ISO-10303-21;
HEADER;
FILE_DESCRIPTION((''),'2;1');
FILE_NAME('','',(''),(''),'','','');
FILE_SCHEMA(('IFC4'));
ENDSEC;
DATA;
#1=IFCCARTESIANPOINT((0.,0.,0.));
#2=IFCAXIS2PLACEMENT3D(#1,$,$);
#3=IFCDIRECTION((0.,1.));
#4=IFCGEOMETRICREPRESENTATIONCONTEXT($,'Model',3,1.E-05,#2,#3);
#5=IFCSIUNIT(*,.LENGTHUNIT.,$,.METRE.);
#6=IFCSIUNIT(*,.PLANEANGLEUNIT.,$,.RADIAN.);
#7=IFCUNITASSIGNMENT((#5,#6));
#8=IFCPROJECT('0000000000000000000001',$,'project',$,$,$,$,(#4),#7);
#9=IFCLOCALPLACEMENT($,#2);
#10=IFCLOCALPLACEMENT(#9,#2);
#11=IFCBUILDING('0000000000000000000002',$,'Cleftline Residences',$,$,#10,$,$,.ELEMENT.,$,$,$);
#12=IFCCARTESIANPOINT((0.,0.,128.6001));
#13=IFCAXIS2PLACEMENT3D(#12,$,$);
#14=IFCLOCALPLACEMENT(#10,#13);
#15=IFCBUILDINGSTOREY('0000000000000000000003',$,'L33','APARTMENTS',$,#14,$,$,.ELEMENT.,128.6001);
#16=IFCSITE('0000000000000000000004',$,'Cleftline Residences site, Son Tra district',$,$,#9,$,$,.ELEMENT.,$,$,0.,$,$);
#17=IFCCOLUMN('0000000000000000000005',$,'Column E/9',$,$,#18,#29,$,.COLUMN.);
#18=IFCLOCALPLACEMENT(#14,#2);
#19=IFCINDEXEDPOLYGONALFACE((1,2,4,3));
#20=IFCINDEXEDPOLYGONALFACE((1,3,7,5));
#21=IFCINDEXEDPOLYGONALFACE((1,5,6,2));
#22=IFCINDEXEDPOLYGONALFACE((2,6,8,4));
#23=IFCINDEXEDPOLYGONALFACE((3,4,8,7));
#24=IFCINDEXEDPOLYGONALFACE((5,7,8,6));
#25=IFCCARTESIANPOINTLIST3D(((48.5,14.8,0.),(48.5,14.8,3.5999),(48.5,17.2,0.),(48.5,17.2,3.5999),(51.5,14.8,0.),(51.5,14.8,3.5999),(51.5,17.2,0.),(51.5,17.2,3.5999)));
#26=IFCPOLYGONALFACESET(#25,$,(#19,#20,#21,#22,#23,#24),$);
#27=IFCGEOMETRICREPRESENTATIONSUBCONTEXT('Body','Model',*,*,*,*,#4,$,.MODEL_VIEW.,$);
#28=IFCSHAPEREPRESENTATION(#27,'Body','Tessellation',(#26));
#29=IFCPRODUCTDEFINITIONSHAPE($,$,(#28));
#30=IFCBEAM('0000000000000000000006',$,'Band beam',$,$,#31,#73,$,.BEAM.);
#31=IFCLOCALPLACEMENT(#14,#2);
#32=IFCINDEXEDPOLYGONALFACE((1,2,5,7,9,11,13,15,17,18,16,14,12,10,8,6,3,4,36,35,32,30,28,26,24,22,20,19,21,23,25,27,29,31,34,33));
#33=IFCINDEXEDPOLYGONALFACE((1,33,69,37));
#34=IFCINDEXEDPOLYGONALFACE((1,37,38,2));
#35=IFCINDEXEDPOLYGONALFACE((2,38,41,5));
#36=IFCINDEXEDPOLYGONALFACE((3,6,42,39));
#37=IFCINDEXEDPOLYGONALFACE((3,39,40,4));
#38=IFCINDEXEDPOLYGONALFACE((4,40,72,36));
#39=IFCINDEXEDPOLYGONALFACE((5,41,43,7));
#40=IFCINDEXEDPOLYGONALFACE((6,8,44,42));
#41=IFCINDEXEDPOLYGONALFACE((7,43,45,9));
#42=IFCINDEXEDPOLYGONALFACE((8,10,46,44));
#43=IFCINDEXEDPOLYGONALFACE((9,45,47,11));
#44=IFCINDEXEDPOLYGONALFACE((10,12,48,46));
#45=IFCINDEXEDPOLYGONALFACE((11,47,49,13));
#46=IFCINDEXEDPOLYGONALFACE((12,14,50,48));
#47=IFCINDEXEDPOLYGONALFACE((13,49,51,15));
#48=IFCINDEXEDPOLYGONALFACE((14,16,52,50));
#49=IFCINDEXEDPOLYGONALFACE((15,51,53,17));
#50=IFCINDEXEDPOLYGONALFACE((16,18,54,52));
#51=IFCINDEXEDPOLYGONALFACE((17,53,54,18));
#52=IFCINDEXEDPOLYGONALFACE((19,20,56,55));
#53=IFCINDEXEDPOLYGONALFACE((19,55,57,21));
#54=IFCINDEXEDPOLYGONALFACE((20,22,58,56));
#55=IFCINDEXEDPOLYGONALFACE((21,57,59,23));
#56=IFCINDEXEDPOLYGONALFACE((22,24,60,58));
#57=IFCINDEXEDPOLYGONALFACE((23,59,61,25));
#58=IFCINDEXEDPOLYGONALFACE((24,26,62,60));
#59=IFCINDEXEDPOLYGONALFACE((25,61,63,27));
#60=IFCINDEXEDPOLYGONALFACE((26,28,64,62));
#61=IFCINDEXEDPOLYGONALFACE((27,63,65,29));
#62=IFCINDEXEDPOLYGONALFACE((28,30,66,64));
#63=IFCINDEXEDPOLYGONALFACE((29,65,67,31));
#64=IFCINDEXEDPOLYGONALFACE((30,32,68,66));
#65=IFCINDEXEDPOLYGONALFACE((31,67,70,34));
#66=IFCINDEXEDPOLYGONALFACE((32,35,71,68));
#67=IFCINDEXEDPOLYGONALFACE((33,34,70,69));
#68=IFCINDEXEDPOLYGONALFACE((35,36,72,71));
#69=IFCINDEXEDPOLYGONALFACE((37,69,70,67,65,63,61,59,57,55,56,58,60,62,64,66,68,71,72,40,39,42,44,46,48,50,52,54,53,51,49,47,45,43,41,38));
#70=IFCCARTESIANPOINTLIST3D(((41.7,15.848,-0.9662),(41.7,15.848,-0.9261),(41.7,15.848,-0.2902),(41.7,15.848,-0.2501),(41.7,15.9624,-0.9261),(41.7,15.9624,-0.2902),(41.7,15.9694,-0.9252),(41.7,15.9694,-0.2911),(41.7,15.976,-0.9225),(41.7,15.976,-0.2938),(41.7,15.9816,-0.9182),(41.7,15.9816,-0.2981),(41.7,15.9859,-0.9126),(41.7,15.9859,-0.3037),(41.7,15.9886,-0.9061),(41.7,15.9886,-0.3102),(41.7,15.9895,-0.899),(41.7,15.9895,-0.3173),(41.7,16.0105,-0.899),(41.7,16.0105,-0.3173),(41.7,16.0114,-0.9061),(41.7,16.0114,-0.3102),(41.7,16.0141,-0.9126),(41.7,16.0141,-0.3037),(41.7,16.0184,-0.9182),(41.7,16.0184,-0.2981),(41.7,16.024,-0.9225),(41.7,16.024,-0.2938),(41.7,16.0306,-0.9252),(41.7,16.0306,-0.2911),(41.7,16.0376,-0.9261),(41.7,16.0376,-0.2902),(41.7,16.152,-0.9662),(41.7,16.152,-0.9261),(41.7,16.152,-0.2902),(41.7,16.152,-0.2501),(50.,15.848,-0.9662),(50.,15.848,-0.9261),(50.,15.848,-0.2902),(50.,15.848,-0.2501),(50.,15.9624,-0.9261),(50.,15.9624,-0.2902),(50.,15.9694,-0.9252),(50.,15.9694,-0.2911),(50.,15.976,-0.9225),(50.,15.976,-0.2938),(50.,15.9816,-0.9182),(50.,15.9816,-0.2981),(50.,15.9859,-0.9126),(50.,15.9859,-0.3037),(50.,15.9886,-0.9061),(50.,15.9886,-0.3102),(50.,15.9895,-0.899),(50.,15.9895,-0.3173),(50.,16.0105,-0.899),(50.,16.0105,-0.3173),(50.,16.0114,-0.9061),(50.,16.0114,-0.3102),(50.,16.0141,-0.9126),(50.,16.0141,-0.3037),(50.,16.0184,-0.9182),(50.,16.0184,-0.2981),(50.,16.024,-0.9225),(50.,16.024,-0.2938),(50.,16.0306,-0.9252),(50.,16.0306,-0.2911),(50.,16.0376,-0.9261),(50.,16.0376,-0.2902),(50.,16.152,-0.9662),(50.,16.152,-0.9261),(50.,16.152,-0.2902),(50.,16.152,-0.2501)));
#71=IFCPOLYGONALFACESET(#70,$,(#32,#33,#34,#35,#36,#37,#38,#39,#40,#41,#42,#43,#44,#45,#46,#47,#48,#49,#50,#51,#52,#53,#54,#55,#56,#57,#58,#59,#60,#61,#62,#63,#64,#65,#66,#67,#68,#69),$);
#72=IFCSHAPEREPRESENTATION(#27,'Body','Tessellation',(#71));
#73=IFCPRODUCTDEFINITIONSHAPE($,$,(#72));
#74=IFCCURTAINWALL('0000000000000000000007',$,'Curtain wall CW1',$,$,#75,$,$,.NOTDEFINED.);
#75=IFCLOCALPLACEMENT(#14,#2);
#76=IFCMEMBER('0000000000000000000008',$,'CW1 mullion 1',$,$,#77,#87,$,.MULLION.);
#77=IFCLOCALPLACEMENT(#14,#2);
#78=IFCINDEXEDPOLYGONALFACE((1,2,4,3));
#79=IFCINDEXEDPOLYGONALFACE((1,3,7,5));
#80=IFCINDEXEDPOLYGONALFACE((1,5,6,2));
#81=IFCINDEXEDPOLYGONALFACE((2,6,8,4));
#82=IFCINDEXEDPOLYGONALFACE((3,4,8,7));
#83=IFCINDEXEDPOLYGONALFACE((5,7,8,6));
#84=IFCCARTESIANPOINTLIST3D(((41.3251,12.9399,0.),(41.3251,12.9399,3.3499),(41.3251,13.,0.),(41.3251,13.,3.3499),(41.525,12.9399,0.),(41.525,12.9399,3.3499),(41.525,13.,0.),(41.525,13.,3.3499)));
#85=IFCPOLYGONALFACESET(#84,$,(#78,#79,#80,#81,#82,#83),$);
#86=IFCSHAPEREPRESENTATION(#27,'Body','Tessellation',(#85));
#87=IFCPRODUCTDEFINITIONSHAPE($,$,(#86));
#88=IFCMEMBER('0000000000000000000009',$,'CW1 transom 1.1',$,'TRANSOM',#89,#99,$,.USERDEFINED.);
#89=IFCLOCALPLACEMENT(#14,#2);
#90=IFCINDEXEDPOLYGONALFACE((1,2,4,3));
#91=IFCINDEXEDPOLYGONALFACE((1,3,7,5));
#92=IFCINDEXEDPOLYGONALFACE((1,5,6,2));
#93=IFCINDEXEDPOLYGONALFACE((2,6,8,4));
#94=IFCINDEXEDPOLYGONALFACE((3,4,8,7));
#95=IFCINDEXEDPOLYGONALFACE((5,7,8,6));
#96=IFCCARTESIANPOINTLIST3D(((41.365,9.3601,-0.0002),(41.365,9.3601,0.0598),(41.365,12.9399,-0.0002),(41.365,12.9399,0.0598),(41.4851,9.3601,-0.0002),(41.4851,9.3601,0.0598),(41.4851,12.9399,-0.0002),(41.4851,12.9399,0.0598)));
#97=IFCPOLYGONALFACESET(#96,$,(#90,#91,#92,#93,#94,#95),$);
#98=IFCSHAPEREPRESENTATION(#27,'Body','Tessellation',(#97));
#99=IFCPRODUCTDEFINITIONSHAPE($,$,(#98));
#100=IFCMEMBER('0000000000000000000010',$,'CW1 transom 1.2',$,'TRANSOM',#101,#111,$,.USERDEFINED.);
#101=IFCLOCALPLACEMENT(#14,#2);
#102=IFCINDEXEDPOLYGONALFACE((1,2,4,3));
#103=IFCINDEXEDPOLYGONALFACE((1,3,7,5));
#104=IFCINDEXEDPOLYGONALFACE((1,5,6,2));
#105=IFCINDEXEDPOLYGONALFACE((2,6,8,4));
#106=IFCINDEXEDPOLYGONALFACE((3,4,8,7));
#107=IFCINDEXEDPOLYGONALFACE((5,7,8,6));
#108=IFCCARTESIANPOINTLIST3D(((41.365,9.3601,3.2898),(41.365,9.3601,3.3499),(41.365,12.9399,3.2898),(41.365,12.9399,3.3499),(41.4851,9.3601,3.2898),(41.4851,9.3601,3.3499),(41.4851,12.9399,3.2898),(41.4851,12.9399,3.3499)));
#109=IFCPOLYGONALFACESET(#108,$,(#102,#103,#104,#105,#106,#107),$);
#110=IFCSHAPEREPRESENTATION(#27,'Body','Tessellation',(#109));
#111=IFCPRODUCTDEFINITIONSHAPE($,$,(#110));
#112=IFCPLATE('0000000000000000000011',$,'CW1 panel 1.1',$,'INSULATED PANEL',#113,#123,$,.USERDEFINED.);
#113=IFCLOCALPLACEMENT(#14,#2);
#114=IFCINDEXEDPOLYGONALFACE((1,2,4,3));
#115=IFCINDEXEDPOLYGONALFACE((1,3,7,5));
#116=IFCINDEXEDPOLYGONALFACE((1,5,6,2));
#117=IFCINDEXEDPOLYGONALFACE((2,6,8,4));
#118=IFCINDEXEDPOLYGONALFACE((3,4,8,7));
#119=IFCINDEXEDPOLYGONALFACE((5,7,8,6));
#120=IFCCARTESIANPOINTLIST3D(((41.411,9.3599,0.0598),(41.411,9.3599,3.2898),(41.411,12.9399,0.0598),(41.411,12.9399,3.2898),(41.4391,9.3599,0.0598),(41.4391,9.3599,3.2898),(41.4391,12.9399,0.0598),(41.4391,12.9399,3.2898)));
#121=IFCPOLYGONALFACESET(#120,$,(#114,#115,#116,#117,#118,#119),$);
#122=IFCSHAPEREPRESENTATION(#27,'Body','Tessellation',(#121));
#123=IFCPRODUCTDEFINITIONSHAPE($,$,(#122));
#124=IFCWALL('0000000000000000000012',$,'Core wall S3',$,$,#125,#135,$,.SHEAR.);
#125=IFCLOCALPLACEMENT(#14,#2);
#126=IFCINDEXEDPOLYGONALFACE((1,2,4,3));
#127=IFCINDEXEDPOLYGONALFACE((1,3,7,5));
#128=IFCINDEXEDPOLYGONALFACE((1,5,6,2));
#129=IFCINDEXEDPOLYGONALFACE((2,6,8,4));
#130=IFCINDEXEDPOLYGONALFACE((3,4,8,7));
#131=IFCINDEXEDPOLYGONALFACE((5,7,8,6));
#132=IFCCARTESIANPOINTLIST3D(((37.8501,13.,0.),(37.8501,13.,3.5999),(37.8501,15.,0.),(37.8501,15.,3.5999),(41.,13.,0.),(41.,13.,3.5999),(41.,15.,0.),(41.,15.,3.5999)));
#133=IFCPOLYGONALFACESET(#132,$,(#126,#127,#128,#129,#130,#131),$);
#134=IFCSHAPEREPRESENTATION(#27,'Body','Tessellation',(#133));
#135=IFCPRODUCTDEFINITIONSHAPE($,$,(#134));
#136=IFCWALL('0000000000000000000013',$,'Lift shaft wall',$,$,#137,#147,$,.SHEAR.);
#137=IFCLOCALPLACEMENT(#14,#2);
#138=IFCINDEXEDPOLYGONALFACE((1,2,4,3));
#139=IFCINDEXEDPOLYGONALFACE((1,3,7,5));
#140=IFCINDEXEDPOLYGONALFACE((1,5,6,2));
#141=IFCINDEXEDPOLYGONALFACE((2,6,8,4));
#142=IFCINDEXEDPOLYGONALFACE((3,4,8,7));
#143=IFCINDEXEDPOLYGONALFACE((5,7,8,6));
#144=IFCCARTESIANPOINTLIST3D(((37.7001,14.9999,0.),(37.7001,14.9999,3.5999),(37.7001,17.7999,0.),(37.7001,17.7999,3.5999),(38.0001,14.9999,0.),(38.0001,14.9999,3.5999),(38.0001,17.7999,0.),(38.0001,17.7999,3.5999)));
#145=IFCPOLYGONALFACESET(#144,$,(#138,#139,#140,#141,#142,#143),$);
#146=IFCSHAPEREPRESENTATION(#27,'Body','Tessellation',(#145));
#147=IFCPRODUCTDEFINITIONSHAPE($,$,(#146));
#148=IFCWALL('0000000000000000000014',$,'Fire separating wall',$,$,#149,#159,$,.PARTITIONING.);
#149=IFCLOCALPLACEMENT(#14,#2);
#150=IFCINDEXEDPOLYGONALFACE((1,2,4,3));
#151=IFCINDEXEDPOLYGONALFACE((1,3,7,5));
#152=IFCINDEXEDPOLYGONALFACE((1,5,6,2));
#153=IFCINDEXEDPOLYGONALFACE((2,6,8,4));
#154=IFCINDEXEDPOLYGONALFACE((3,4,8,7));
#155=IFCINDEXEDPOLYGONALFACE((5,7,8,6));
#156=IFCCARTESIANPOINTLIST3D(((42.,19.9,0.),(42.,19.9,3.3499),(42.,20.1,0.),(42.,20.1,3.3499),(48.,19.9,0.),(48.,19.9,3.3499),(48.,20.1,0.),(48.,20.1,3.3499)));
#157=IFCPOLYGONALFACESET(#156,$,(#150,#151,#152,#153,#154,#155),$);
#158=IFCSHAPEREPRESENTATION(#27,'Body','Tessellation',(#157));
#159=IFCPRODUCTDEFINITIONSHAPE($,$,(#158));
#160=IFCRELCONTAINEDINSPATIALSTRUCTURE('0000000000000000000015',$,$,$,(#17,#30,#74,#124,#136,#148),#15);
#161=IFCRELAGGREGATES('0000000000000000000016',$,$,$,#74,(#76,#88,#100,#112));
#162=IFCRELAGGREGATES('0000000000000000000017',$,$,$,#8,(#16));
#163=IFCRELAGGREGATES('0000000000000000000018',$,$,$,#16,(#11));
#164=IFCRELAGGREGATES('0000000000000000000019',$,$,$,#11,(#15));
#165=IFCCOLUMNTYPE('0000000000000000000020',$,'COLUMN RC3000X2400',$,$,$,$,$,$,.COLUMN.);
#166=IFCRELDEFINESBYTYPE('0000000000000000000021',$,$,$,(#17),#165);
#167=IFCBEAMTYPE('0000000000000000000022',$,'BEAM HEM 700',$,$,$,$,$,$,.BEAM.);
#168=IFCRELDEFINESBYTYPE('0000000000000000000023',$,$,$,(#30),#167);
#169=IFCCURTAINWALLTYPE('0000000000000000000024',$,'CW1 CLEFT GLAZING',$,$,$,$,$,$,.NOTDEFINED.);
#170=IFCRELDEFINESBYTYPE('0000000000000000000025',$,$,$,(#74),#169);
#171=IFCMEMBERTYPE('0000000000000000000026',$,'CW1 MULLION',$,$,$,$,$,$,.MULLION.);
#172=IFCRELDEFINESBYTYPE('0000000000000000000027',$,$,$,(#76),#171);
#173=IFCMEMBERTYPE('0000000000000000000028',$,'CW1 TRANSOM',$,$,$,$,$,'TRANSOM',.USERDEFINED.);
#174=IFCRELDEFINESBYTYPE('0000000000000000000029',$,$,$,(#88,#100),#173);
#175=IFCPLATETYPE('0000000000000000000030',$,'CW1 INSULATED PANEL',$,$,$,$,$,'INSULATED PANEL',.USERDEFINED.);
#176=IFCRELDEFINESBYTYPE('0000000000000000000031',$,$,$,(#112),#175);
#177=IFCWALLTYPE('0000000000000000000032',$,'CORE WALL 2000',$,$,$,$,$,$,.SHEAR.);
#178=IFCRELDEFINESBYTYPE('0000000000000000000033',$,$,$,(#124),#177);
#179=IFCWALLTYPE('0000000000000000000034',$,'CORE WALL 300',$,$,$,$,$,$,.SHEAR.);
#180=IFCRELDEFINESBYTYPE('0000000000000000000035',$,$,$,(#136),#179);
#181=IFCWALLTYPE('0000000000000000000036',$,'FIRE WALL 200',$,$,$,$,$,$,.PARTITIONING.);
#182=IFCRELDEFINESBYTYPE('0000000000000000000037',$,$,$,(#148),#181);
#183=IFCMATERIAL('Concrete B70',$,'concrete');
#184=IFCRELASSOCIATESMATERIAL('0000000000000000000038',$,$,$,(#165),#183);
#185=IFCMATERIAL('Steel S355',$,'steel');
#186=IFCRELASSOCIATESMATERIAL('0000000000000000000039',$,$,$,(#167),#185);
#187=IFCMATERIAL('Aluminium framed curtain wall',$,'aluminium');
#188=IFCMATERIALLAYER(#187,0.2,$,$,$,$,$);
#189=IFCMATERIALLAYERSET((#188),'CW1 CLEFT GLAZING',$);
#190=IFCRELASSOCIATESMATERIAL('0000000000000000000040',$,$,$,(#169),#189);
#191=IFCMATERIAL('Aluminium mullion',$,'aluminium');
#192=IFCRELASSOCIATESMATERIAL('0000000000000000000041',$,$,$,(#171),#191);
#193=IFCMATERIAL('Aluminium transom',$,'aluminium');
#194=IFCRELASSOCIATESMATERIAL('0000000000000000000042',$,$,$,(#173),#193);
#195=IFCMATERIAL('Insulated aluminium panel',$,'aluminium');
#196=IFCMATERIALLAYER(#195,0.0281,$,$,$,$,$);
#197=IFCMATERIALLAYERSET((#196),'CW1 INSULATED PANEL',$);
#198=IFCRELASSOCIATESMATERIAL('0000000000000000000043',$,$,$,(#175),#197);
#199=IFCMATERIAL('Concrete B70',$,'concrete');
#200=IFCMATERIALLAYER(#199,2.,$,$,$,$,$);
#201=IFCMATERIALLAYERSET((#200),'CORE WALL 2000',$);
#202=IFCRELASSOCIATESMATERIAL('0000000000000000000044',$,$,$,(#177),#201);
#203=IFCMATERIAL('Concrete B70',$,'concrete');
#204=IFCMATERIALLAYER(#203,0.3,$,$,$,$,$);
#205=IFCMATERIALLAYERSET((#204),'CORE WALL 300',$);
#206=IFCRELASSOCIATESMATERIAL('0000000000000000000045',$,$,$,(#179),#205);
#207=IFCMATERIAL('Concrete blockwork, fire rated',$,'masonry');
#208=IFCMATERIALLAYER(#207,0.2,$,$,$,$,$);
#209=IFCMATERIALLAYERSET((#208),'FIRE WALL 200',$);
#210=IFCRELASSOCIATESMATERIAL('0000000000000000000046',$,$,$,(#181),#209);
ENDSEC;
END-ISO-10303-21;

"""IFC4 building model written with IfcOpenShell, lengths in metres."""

from ifc_helpers import new_model, si_unit, direction, frame, frame_2d, origin, origin_2d, place, context, subcontext, project, spatial, rectangle, i_section, extrude, material, layer, layer_set, material_profile, profile_set, type_object, element, aggregate, save


model = new_model("IFC4")

# Units and contexts
model_context = context("Model", 3, precision=1e-05, world=origin(), true_north=direction((0.0, 1.0)))
body_context = subcontext(model_context, "Body", "Model", "MODEL_VIEW")
ifc_project = project(units=[si_unit("LENGTHUNIT", "METRE"), si_unit("PLANEANGLEUNIT", "RADIAN")], contexts=[model_context])

# Site, building, storey
site_placement = place(None, origin())
site = spatial("IfcSite", under=ifc_project, at=site_placement, Name="Cleftline Residences site, Son Tra district", CompositionType="ELEMENT", RefElevation=0.0)
building_placement = place(site_placement, origin())
building = spatial("IfcBuilding", under=site, at=building_placement, Name="Cleftline Residences", CompositionType="ELEMENT")
storey_placement = place(building_placement, frame((0.0, 0.0, 128.6001)))
storey = spatial("IfcBuildingStorey", under=building, at=storey_placement, Name="L33", Description="APARTMENTS", CompositionType="ELEMENT", Elevation=128.6001)

# Column
ifc_material_1 = material(Name="Concrete B70", Category="concrete")
ifc_material_profile_1 = material_profile(ifc_material_1, rectangle(XDim=3.0, YDim=2.3999, at=origin_2d()))
ifc_profile_set_1 = profile_set([ifc_material_profile_1], Name="Concrete B70")
column_type = type_object("IfcColumnType", Name="COLUMN RC3000X2400", PredefinedType="COLUMN", material=ifc_profile_set_1)
column_placement = place(storey_placement, frame((50.0, 16.0, 0.0), z_axis=(0.0, 0.0, 1.0), x_axis=(1.0, 0.0, 0.0)))
element("IfcColumn", 1, at=column_placement, inside=storey, type_object=column_type, Name="Column E/9", PredefinedType="COLUMN", context=body_context, shape_type="SweptSolid", body=[
    extrude(rectangle(XDim=3.0, YDim=2.3999, at=origin_2d()), origin(), (0.0, 0.0, 1.0), 3.5999),
])

# Beam
ifc_material_2 = material(Name="Steel S355", Category="steel")
ifc_material_profile_2 = material_profile(ifc_material_2, i_section(OverallWidth=0.304, OverallDepth=0.7161, WebThickness=0.021, FlangeThickness=0.04, FilletRadius=0.0271, at=origin_2d()))
ifc_profile_set_2 = profile_set([ifc_material_profile_2], Name="Steel S355")
beam_type = type_object("IfcBeamType", Name="BEAM HEM 700", PredefinedType="BEAM", material=ifc_profile_set_2)
beam_placement = place(storey_placement, frame((50.0, 16.0, -0.6082), z_axis=(-1.0, 0.0, 0.0), x_axis=(0.0, -1.0, 0.0)))
element("IfcBeam", 2, at=beam_placement, inside=storey, type_object=beam_type, Name="Band beam", PredefinedType="BEAM", context=body_context, shape_type="SweptSolid", body=[
    extrude(i_section(OverallWidth=0.304, OverallDepth=0.7161, WebThickness=0.021, FlangeThickness=0.04, FilletRadius=0.0271, at=origin_2d()), origin(), (0.0, 0.0, 1.0), 8.3),
])

# Curtain wall, members, plate
ifc_material_3 = material(Name="Aluminium framed curtain wall", Category="aluminium")
ifc_layer_1 = layer(ifc_material_3, 0.2)
ifc_layer_set_1 = layer_set([ifc_layer_1], Name="CW1 CLEFT GLAZING")
curtain_wall_type = type_object("IfcCurtainWallType", Name="CW1 CLEFT GLAZING", PredefinedType="NOTDEFINED", material=ifc_layer_set_1)
curtain_wall_placement = place(storey_placement, origin())
curtain_wall = element("IfcCurtainWall", 3, at=curtain_wall_placement, inside=storey, type_object=curtain_wall_type, Name="Curtain wall CW1", PredefinedType="NOTDEFINED")
ifc_material_4 = material(Name="Aluminium mullion", Category="aluminium")
ifc_material_profile_3 = material_profile(ifc_material_4, rectangle(XDim=0.2, YDim=0.0601, at=origin_2d()))
ifc_profile_set_3 = profile_set([ifc_material_profile_3], Name="Aluminium mullion")
member_type_1 = type_object("IfcMemberType", Name="CW1 MULLION", PredefinedType="MULLION", material=ifc_profile_set_3)
member_1_placement = place(storey_placement, frame((41.425, 12.97, 0.0), z_axis=(0.0, 0.0, 1.0), x_axis=(1.0, 0.0, 0.0)))
member_1 = element("IfcMember", 4, at=member_1_placement, type_object=member_type_1, Name="CW1 mullion 1", PredefinedType="MULLION", context=body_context, shape_type="SweptSolid", body=[
    extrude(rectangle(XDim=0.2, YDim=0.0601, at=origin_2d()), origin(), (0.0, 0.0, 1.0), 3.3499),
])
ifc_material_5 = material(Name="Aluminium transom", Category="aluminium")
ifc_material_profile_4 = material_profile(ifc_material_5, rectangle(XDim=0.1201, YDim=0.0601, at=origin_2d()))
ifc_profile_set_4 = profile_set([ifc_material_profile_4], Name="Aluminium transom")
member_type_2 = type_object("IfcMemberType", Name="CW1 TRANSOM", ElementType="TRANSOM", PredefinedType="USERDEFINED", material=ifc_profile_set_4)
member_2_placement = place(storey_placement, frame((41.425, 12.9399, 0.0298), z_axis=(0.0, -1.0, 0.0), x_axis=(1.0, 0.0, 0.0)))
member_2 = element("IfcMember", 5, at=member_2_placement, type_object=member_type_2, Name="CW1 transom 1.1", ObjectType="TRANSOM", PredefinedType="USERDEFINED", context=body_context, shape_type="SweptSolid", body=[
    extrude(rectangle(XDim=0.1201, YDim=0.0601, at=origin_2d()), origin(), (0.0, 0.0, 1.0), 3.5798),
])
member_3_placement = place(storey_placement, frame((41.425, 12.9399, 3.3198), z_axis=(0.0, -1.0, 0.0), x_axis=(1.0, 0.0, 0.0)))
member_3 = element("IfcMember", 6, at=member_3_placement, type_object=member_type_2, Name="CW1 transom 1.2", ObjectType="TRANSOM", PredefinedType="USERDEFINED", context=body_context, shape_type="SweptSolid", body=[
    extrude(rectangle(XDim=0.1201, YDim=0.0601, at=origin_2d()), origin(), (0.0, 0.0, 1.0), 3.5798),
])
ifc_material_6 = material(Name="Insulated aluminium panel", Category="aluminium")
ifc_layer_2 = layer(ifc_material_6, 0.0281)
ifc_layer_set_2 = layer_set([ifc_layer_2], Name="CW1 INSULATED PANEL")
plate_type = type_object("IfcPlateType", Name="CW1 INSULATED PANEL", ElementType="INSULATED PANEL", PredefinedType="USERDEFINED", material=ifc_layer_set_2)
plate_placement = place(storey_placement, frame((41.425, 11.1499, 0.0598), z_axis=(0.0, 0.0, 1.0), x_axis=(0.0, -1.0, 0.0)))
plate = element("IfcPlate", 7, at=plate_placement, type_object=plate_type, Name="CW1 panel 1.1", ObjectType="INSULATED PANEL", PredefinedType="USERDEFINED", context=body_context, shape_type="SweptSolid", body=[
    extrude(rectangle(XDim=3.5801, YDim=0.0281, at=origin_2d()), origin(), (0.0, 0.0, 1.0), 3.23),
])
aggregate(curtain_wall, [member_1, member_2, member_3, plate])

# Walls
ifc_material_7 = material(Name="Concrete B70", Category="concrete")
ifc_layer_3 = layer(ifc_material_7, 2.0)
ifc_layer_set_3 = layer_set([ifc_layer_3], Name="CORE WALL 2000")
wall_type_1 = type_object("IfcWallType", Name="CORE WALL 2000", PredefinedType="SHEAR", material=ifc_layer_set_3)
wall_1_placement = place(storey_placement, frame((37.8501, 14.0, 0.0), z_axis=(0.0, 0.0, 1.0), x_axis=(1.0, 0.0, 0.0)))
element("IfcWall", 8, at=wall_1_placement, inside=storey, type_object=wall_type_1, Name="Core wall S3", PredefinedType="SHEAR", context=body_context, shape_type="SweptSolid", body=[
    extrude(rectangle(XDim=3.1499, YDim=2.0, at=frame_2d((1.575, 0.0))), origin(), (0.0, 0.0, 1.0), 3.5999),
])
ifc_material_8 = material(Name="Concrete B70", Category="concrete")
ifc_layer_4 = layer(ifc_material_8, 0.3)
ifc_layer_set_4 = layer_set([ifc_layer_4], Name="CORE WALL 300")
wall_type_2 = type_object("IfcWallType", Name="CORE WALL 300", PredefinedType="SHEAR", material=ifc_layer_set_4)
wall_2_placement = place(storey_placement, frame((37.8501, 15.0, 0.0), z_axis=(0.0, 0.0, 1.0), x_axis=(0.0, 1.0, 0.0)))
element("IfcWall", 9, at=wall_2_placement, inside=storey, type_object=wall_type_2, Name="Lift shaft wall", PredefinedType="SHEAR", context=body_context, shape_type="SweptSolid", body=[
    extrude(rectangle(XDim=2.8, YDim=0.3, at=frame_2d((1.3999, 0.0))), origin(), (0.0, 0.0, 1.0), 3.5999),
])
ifc_material_9 = material(Name="Concrete blockwork, fire rated", Category="masonry")
ifc_layer_5 = layer(ifc_material_9, 0.2)
ifc_layer_set_5 = layer_set([ifc_layer_5], Name="FIRE WALL 200")
wall_type_3 = type_object("IfcWallType", Name="FIRE WALL 200", PredefinedType="PARTITIONING", material=ifc_layer_set_5)
wall_3_placement = place(storey_placement, frame((42.0, 20.0, 0.0), z_axis=(0.0, 0.0, 1.0), x_axis=(1.0, 0.0, 0.0)))
element("IfcWall", 10, at=wall_3_placement, inside=storey, type_object=wall_type_3, Name="Fire separating wall", PredefinedType="PARTITIONING", context=body_context, shape_type="SweptSolid", body=[
    extrude(rectangle(XDim=6.0, YDim=0.2, at=frame_2d((3.0, 0.0))), origin(), (0.0, 0.0, 1.0), 3.3499),
])

save(model, "model.ifc")
